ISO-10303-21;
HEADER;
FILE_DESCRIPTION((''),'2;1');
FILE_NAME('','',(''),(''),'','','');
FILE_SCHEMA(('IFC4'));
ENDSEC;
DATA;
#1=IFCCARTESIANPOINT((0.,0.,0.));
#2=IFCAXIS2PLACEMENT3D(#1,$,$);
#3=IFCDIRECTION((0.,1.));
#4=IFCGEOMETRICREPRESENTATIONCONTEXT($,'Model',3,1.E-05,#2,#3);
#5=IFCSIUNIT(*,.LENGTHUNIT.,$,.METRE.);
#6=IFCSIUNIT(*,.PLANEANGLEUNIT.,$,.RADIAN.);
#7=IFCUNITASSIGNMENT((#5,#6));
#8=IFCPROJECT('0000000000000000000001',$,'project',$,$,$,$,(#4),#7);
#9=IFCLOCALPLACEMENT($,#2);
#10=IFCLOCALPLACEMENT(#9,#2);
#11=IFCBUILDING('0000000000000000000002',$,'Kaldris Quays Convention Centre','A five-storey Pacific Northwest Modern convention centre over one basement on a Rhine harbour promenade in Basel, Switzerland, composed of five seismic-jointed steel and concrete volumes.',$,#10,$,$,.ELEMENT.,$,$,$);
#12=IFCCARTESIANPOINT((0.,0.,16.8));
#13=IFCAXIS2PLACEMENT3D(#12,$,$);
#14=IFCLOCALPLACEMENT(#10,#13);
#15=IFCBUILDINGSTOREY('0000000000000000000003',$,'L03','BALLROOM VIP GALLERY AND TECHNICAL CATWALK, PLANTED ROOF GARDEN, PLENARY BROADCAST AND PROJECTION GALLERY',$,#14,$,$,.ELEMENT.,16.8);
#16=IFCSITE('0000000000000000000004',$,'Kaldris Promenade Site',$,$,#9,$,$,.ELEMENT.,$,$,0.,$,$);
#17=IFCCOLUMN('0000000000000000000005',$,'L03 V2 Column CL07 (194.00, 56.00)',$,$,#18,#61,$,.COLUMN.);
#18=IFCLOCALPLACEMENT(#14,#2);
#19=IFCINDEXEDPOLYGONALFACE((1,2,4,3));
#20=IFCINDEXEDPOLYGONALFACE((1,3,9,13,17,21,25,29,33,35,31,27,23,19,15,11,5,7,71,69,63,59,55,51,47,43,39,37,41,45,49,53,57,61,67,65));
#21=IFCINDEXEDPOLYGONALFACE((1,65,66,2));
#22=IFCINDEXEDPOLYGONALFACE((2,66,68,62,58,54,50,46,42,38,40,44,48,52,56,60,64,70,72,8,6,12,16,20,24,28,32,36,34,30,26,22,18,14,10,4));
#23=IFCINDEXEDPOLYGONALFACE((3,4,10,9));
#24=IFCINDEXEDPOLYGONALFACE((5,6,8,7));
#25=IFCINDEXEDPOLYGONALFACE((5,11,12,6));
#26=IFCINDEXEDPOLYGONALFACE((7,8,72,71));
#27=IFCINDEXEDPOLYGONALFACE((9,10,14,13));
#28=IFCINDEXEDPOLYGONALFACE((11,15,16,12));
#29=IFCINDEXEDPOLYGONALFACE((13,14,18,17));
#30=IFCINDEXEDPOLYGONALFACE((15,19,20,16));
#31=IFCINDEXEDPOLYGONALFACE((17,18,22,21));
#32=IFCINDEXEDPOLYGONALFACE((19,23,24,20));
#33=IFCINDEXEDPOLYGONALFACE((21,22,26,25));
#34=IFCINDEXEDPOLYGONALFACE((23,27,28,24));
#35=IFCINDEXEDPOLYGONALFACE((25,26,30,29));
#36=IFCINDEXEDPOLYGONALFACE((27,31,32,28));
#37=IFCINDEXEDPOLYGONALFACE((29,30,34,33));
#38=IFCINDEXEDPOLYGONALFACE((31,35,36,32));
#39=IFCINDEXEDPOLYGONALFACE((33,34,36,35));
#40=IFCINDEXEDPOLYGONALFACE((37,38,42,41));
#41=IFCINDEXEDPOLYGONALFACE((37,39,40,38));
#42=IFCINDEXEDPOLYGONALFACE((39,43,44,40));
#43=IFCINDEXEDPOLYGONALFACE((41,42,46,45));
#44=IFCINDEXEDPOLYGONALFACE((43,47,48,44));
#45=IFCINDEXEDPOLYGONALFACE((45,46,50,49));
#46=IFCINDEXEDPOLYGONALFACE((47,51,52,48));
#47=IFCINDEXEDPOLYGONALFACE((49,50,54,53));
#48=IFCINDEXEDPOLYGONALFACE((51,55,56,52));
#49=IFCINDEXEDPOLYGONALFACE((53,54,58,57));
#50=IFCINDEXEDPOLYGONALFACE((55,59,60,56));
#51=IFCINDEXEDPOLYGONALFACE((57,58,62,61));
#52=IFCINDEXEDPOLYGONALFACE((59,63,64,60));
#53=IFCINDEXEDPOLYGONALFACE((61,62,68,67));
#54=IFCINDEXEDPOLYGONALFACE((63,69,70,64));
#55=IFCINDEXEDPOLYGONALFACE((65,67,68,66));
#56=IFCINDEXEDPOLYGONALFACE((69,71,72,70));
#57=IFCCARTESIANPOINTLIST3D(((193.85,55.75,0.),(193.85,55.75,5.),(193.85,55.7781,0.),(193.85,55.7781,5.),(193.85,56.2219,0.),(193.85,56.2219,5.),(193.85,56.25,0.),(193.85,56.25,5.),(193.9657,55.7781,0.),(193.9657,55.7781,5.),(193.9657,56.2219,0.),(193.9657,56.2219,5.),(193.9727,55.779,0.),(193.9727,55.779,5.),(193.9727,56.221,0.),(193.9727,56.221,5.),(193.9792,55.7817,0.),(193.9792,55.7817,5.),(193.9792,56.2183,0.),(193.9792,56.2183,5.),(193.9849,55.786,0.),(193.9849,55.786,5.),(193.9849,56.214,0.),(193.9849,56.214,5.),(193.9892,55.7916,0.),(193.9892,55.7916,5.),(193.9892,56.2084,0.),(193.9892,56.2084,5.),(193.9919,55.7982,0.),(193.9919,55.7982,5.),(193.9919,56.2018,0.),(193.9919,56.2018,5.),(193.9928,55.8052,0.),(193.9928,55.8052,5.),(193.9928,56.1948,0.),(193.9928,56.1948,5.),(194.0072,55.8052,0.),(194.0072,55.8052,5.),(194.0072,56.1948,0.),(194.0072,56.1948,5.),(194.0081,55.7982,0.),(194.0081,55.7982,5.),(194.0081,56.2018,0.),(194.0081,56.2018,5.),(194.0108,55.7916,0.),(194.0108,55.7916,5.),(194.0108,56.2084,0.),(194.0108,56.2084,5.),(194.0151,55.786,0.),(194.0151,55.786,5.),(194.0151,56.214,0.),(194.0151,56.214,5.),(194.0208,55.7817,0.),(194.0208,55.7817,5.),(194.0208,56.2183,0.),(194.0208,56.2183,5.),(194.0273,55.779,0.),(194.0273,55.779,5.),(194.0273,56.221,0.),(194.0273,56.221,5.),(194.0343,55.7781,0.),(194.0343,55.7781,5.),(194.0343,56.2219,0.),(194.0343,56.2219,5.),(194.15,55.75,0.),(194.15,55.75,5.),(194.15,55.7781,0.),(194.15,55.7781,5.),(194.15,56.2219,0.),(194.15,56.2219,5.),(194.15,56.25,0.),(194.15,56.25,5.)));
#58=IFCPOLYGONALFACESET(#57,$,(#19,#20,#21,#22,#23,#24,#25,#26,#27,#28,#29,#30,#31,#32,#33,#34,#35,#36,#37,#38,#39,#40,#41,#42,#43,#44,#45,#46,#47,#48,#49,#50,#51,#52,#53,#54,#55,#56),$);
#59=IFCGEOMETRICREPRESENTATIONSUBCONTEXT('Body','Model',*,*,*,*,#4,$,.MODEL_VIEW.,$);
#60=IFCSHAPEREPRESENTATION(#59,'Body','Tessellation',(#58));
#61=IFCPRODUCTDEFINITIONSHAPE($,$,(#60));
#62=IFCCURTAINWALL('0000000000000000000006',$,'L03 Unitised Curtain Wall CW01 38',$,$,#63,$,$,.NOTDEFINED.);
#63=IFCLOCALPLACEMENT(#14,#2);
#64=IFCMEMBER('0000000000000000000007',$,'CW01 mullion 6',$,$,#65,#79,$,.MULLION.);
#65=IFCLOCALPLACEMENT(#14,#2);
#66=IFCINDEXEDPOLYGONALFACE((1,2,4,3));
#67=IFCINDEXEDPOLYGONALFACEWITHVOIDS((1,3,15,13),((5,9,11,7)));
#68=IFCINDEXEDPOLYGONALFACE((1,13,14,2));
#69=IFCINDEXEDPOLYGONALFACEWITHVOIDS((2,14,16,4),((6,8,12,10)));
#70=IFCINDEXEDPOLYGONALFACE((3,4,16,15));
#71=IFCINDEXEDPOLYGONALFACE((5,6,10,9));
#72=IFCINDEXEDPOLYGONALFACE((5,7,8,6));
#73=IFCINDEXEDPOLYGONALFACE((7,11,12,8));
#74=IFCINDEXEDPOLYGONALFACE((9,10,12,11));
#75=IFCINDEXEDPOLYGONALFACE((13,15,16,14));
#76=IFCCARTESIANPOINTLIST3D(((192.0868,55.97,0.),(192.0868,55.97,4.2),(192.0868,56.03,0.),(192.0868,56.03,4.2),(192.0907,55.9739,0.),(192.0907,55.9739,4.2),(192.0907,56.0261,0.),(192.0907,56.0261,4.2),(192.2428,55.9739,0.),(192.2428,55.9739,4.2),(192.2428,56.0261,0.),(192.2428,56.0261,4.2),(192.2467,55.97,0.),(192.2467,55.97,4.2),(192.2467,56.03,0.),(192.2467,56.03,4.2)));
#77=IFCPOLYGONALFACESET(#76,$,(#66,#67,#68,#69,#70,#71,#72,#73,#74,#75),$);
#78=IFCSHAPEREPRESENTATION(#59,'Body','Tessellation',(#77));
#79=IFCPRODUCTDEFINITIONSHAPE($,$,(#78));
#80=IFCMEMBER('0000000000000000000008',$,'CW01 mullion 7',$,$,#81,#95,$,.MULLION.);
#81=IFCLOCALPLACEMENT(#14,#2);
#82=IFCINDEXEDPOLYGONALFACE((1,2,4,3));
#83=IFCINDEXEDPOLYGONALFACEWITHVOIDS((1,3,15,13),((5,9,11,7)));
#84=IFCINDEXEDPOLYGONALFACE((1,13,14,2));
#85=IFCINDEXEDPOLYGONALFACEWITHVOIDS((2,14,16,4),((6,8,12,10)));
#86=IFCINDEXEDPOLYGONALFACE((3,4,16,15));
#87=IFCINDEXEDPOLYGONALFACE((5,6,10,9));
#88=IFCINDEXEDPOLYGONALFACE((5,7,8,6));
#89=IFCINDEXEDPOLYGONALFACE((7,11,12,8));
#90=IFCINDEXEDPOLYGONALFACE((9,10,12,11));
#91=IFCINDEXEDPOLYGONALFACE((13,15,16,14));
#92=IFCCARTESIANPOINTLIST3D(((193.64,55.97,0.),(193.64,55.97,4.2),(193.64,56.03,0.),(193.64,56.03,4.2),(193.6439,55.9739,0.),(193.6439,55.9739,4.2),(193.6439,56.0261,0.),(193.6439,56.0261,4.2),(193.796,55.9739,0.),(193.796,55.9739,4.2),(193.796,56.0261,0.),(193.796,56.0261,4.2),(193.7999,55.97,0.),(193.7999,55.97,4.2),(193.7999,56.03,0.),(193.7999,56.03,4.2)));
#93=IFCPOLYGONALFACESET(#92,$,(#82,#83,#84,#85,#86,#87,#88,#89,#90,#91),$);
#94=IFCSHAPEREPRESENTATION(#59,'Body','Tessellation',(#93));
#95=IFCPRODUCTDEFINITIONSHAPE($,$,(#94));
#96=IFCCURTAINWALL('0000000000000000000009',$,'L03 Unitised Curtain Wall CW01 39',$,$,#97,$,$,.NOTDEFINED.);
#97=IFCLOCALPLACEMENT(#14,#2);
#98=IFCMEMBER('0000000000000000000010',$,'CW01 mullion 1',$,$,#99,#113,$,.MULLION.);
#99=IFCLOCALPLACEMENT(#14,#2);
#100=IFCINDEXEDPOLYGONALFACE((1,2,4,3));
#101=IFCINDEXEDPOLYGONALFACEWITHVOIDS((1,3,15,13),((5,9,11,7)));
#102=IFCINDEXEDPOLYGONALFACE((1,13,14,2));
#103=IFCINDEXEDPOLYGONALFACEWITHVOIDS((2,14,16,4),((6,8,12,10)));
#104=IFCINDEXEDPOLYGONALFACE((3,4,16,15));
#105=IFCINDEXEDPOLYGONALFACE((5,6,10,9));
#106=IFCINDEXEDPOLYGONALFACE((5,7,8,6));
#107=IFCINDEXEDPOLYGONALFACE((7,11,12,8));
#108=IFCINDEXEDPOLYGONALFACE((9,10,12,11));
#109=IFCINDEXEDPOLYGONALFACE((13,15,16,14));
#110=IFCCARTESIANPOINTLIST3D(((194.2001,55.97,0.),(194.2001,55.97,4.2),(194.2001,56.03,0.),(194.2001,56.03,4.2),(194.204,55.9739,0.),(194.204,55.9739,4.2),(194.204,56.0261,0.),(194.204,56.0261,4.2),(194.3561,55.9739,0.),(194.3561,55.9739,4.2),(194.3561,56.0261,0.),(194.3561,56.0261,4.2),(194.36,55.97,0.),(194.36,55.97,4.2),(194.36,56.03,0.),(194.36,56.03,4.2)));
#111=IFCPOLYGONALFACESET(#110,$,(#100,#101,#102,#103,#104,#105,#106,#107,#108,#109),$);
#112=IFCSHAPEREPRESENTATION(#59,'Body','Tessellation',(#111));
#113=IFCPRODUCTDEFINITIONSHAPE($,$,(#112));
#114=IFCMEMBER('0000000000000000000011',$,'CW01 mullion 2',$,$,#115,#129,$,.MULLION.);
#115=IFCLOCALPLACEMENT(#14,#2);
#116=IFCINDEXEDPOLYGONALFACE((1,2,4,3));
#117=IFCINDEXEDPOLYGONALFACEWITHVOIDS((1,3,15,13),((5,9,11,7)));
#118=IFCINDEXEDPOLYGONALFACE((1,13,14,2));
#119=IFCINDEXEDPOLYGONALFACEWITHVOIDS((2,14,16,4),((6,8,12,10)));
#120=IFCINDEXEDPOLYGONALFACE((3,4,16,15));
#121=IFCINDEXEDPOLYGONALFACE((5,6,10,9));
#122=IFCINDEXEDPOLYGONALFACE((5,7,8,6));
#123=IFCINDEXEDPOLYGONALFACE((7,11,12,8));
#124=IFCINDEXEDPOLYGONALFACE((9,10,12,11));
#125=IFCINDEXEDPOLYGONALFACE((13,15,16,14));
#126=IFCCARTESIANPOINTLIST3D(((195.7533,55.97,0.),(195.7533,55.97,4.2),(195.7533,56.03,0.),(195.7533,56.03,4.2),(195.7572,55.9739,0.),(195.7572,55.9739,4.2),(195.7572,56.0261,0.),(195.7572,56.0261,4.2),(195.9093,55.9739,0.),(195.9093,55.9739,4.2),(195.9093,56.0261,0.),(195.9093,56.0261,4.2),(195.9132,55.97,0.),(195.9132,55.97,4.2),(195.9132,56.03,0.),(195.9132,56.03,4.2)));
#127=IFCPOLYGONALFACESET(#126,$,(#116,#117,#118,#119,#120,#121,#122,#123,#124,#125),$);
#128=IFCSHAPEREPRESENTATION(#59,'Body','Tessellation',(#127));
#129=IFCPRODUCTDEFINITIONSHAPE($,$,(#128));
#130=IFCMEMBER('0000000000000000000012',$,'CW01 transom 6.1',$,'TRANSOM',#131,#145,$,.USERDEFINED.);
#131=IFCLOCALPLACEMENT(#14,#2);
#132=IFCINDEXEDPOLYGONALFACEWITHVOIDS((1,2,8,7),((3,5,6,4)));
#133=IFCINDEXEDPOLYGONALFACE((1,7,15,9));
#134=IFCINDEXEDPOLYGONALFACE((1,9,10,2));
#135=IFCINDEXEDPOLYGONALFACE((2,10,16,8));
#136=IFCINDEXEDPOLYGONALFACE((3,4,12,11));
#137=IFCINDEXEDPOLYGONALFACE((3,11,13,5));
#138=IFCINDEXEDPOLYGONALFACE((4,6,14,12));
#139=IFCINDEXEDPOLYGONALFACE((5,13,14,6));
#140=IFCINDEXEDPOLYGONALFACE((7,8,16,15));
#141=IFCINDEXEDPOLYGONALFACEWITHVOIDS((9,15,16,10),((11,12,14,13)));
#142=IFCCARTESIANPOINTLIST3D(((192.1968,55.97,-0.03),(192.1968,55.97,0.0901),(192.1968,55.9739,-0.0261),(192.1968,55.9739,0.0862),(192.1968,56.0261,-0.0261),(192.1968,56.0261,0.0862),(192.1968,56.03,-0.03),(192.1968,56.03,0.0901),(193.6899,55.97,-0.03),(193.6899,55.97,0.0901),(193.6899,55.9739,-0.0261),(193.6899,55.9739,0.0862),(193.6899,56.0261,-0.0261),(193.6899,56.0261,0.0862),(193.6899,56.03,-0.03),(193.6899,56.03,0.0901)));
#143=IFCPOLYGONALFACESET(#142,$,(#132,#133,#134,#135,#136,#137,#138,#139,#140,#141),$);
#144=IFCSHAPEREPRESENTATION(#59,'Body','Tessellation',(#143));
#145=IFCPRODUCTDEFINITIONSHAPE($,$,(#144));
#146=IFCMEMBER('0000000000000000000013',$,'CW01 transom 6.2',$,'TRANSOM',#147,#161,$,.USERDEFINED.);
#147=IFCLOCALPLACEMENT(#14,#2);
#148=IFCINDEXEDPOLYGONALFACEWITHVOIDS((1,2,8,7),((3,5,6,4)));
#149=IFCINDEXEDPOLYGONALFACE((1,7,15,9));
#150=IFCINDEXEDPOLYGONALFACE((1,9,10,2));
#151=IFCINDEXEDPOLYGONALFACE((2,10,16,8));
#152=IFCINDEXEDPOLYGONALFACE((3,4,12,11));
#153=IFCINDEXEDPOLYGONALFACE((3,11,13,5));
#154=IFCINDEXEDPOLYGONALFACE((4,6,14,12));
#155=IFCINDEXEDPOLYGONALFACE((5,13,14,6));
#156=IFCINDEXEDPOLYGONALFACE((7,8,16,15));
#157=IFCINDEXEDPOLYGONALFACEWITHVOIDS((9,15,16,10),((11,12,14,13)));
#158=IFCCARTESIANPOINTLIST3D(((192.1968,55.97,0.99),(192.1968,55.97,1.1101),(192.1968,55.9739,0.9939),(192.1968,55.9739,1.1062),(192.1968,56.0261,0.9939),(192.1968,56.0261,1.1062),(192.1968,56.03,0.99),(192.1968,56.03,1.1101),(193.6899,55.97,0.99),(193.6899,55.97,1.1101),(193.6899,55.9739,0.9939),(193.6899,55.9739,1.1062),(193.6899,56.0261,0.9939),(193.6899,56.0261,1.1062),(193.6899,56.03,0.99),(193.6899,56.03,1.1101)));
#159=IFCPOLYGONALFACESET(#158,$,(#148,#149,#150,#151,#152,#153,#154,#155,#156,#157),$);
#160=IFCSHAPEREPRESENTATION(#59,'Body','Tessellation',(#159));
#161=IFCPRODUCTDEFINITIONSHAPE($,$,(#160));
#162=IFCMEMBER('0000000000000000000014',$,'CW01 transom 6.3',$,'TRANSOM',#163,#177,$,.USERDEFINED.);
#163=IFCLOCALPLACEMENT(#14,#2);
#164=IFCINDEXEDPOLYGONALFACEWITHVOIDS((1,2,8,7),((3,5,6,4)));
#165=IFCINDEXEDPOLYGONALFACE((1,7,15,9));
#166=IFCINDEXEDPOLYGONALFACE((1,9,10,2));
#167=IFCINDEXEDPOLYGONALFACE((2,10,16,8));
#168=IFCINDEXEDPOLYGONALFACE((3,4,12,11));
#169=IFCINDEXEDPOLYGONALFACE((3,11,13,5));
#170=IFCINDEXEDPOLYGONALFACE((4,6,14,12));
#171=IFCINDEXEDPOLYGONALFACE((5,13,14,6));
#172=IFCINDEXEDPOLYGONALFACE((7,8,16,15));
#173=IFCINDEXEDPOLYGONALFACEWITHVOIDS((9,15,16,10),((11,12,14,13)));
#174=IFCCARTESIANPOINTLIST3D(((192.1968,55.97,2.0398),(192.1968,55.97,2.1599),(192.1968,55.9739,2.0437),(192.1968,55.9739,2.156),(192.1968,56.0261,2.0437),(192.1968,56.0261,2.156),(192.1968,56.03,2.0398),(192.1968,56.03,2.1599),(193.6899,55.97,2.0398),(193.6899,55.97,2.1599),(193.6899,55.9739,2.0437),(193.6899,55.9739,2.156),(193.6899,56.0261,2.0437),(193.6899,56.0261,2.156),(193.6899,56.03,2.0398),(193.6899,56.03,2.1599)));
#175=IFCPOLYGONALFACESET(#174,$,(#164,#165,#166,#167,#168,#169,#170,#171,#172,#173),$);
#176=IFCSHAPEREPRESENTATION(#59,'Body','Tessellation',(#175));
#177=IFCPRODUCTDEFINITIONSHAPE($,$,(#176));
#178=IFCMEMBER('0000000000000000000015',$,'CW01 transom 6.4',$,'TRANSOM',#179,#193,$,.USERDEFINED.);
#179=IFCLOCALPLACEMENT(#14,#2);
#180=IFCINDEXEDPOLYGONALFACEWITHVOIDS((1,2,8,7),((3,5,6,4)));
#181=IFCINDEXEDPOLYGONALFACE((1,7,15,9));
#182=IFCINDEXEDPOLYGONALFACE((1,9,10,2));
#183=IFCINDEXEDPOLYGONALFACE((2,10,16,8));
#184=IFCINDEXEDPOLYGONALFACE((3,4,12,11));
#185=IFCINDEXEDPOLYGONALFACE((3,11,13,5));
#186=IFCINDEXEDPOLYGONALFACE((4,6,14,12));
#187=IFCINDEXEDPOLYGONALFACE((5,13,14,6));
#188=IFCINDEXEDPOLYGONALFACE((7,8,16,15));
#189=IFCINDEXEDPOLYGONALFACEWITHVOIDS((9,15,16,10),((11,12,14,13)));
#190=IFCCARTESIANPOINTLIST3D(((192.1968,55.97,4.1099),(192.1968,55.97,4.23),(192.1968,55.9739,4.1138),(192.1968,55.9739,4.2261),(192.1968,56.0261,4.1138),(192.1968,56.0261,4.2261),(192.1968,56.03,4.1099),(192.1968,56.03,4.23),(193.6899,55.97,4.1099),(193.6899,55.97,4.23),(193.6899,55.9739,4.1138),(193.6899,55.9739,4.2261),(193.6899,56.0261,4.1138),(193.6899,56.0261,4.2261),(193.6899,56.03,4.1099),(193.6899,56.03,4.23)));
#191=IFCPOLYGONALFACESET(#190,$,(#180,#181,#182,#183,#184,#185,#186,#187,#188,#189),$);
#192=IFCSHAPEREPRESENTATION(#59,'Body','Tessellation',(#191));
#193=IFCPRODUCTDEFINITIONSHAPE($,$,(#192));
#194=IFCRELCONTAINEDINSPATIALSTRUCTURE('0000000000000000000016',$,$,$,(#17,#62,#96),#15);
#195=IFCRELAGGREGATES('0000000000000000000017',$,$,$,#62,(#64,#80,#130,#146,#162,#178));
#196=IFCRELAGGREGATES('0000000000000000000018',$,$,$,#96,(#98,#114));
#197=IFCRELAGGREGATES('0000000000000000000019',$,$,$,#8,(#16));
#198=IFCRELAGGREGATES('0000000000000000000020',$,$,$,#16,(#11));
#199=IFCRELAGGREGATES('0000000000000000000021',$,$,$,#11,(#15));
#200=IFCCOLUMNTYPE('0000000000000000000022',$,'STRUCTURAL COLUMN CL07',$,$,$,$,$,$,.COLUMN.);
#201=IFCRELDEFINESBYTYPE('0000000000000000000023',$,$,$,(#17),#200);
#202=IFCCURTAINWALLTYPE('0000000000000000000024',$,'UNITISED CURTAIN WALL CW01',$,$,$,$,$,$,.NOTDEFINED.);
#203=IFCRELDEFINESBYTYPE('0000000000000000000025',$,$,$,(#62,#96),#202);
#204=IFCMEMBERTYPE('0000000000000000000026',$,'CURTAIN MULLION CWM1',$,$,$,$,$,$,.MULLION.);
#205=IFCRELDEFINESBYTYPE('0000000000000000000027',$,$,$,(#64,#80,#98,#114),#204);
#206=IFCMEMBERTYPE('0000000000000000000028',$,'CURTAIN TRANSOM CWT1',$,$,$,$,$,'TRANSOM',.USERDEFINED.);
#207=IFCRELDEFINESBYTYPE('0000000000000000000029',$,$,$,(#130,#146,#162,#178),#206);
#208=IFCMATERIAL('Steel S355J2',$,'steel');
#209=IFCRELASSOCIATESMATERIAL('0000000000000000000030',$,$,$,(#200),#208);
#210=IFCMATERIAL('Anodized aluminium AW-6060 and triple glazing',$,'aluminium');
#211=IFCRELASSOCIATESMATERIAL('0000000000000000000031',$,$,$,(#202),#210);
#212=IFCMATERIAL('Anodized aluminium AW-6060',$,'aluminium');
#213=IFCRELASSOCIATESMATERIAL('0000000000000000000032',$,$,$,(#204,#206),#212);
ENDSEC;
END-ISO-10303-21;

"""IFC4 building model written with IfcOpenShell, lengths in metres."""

from ifc_helpers import new_model, si_unit, direction, frame, origin, origin_2d, place, context, subcontext, project, spatial, hollow_rectangle, i_section, extrude, material, material_profile, profile_set, type_object, element, aggregate, save


model = new_model("IFC4")

# Units and contexts
model_context = context("Model", 3, precision=1e-05, world=origin(), true_north=direction((0.0, 1.0)))
body_context = subcontext(model_context, "Body", "Model", "MODEL_VIEW")
ifc_project = project(units=[si_unit("LENGTHUNIT", "METRE"), si_unit("PLANEANGLEUNIT", "RADIAN")], contexts=[model_context])

# Site, building, storey
site_placement = place(None, origin())
site = spatial("IfcSite", under=ifc_project, at=site_placement, Name="Kaldris Promenade Site", CompositionType="ELEMENT", RefElevation=0.0)
building_placement = place(site_placement, origin())
building = spatial("IfcBuilding", under=site, at=building_placement, Name="Kaldris Quays Convention Centre", Description="A five-storey Pacific Northwest Modern convention centre over one basement on a Rhine harbour promenade in Basel, Switzerland, composed of five seismic-jointed steel and concrete volumes.", CompositionType="ELEMENT")
storey_placement = place(building_placement, frame((0.0, 0.0, 16.8)))
storey = spatial("IfcBuildingStorey", under=building, at=storey_placement, Name="L03", Description="BALLROOM VIP GALLERY AND TECHNICAL CATWALK, PLANTED ROOF GARDEN, PLENARY BROADCAST AND PROJECTION GALLERY", CompositionType="ELEMENT", Elevation=16.8)

# Column
ifc_material_1 = material(Name="Steel S355J2", Category="steel")
ifc_material_profile_1 = material_profile(ifc_material_1, i_section(OverallWidth=0.3, OverallDepth=0.5, WebThickness=0.0144, FlangeThickness=0.0281, FilletRadius=0.0271, at=origin_2d()), Name="HEB 500")
ifc_profile_set_1 = profile_set([ifc_material_profile_1], Name="Steel S355J2")
column_type = type_object("IfcColumnType", Name="STRUCTURAL COLUMN CL07", PredefinedType="COLUMN", material=ifc_profile_set_1)
column_placement = place(storey_placement, frame((194.0, 56.0, 0.0), z_axis=(0.0, 0.0, 1.0), x_axis=(1.0, 0.0, 0.0)))
element("IfcColumn", 1, at=column_placement, inside=storey, type_object=column_type, Name="L03 V2 Column CL07 (194.00, 56.00)", PredefinedType="COLUMN", context=body_context, shape_type="SweptSolid", body=[
    extrude(i_section(OverallWidth=0.3, OverallDepth=0.5, WebThickness=0.0144, FlangeThickness=0.0281, FilletRadius=0.0271, at=origin_2d()), origin(), (0.0, 0.0, 1.0), 5.0),
])

# Curtain walls, members
ifc_material_2 = material(Name="Anodized aluminium AW-6060 and triple glazing", Category="aluminium")
curtain_wall_type = type_object("IfcCurtainWallType", Name="UNITISED CURTAIN WALL CW01", PredefinedType="NOTDEFINED", material=ifc_material_2)
curtain_wall_1_placement = place(storey_placement, origin())
curtain_wall_1 = element("IfcCurtainWall", 2, at=curtain_wall_1_placement, inside=storey, type_object=curtain_wall_type, Name="L03 Unitised Curtain Wall CW01 38", PredefinedType="NOTDEFINED")
ifc_material_3 = material(Name="Anodized aluminium AW-6060", Category="aluminium")
ifc_material_profile_2 = material_profile(ifc_material_3, hollow_rectangle(XDim=0.0601, YDim=0.1599, WallThickness=0.0039, at=origin_2d()), Name="RHS 160x60x4")
ifc_profile_set_2 = profile_set([ifc_material_profile_2], Name="Anodized aluminium AW-6060")
member_type_1 = type_object("IfcMemberType", Name="CURTAIN MULLION CWM1", PredefinedType="MULLION", material=ifc_profile_set_2)
member_1_placement = place(storey_placement, frame((192.1667, 56.0, 0.0), z_axis=(0.0, 0.0, 1.0), x_axis=(0.0, 1.0, 0.0)))
member_1 = element("IfcMember", 3, at=member_1_placement, type_object=member_type_1, Name="CW01 mullion 6", PredefinedType="MULLION", context=body_context, shape_type="SweptSolid", body=[
    extrude(hollow_rectangle(XDim=0.0601, YDim=0.1599, WallThickness=0.0039, at=origin_2d()), origin(), (0.0, 0.0, 1.0), 4.2),
])
member_2_placement = place(storey_placement, frame((193.72, 56.0, 0.0), z_axis=(0.0, 0.0, 1.0), x_axis=(0.0, 1.0, 0.0)))
member_2 = element("IfcMember", 4, at=member_2_placement, type_object=member_type_1, Name="CW01 mullion 7", PredefinedType="MULLION", context=body_context, shape_type="SweptSolid", body=[
    extrude(hollow_rectangle(XDim=0.0601, YDim=0.1599, WallThickness=0.0039, at=origin_2d()), origin(), (0.0, 0.0, 1.0), 4.2),
])
curtain_wall_2_placement = place(storey_placement, origin())
curtain_wall_2 = element("IfcCurtainWall", 5, at=curtain_wall_2_placement, inside=storey, type_object=curtain_wall_type, Name="L03 Unitised Curtain Wall CW01 39", PredefinedType="NOTDEFINED")
member_3_placement = place(storey_placement, frame((194.28, 56.0, 0.0), z_axis=(0.0, 0.0, 1.0), x_axis=(0.0, 1.0, 0.0)))
member_3 = element("IfcMember", 6, at=member_3_placement, type_object=member_type_1, Name="CW01 mullion 1", PredefinedType="MULLION", context=body_context, shape_type="SweptSolid", body=[
    extrude(hollow_rectangle(XDim=0.0601, YDim=0.1599, WallThickness=0.0039, at=origin_2d()), origin(), (0.0, 0.0, 1.0), 4.2),
])
member_4_placement = place(storey_placement, frame((195.8333, 56.0, 0.0), z_axis=(0.0, 0.0, 1.0), x_axis=(0.0, 1.0, 0.0)))
member_4 = element("IfcMember", 7, at=member_4_placement, type_object=member_type_1, Name="CW01 mullion 2", PredefinedType="MULLION", context=body_context, shape_type="SweptSolid", body=[
    extrude(hollow_rectangle(XDim=0.0601, YDim=0.1599, WallThickness=0.0039, at=origin_2d()), origin(), (0.0, 0.0, 1.0), 4.2),
])

# Members
ifc_material_profile_3 = material_profile(ifc_material_3, hollow_rectangle(XDim=0.0601, YDim=0.1201, WallThickness=0.0039, at=origin_2d()), Name="RHS 120x60x4")
ifc_profile_set_3 = profile_set([ifc_material_profile_3], Name="Anodized aluminium AW-6060")
member_type_2 = type_object("IfcMemberType", Name="CURTAIN TRANSOM CWT1", ElementType="TRANSOM", PredefinedType="USERDEFINED", material=ifc_profile_set_3)
member_5_placement = place(storey_placement, frame((192.1968, 56.0, 0.03), z_axis=(1.0, 0.0, 0.0), x_axis=(0.0, 1.0, 0.0)))
member_5 = element("IfcMember", 8, at=member_5_placement, type_object=member_type_2, Name="CW01 transom 6.1", ObjectType="TRANSOM", PredefinedType="USERDEFINED", context=body_context, shape_type="SweptSolid", body=[
    extrude(hollow_rectangle(XDim=0.0601, YDim=0.1201, WallThickness=0.0039, at=origin_2d()), origin(), (0.0, 0.0, 1.0), 1.4932),
])
member_6_placement = place(storey_placement, frame((192.1968, 56.0, 1.05), z_axis=(1.0, 0.0, 0.0), x_axis=(0.0, 1.0, 0.0)))
member_6 = element("IfcMember", 9, at=member_6_placement, type_object=member_type_2, Name="CW01 transom 6.2", ObjectType="TRANSOM", PredefinedType="USERDEFINED", context=body_context, shape_type="SweptSolid", body=[
    extrude(hollow_rectangle(XDim=0.0601, YDim=0.1201, WallThickness=0.0039, at=origin_2d()), origin(), (0.0, 0.0, 1.0), 1.4932),
])
member_7_placement = place(storey_placement, frame((192.1968, 56.0, 2.0999), z_axis=(1.0, 0.0, 0.0), x_axis=(0.0, 1.0, 0.0)))
member_7 = element("IfcMember", 10, at=member_7_placement, type_object=member_type_2, Name="CW01 transom 6.3", ObjectType="TRANSOM", PredefinedType="USERDEFINED", context=body_context, shape_type="SweptSolid", body=[
    extrude(hollow_rectangle(XDim=0.0601, YDim=0.1201, WallThickness=0.0039, at=origin_2d()), origin(), (0.0, 0.0, 1.0), 1.4932),
])
member_8_placement = place(storey_placement, frame((192.1968, 56.0, 4.1699), z_axis=(1.0, 0.0, 0.0), x_axis=(0.0, 1.0, 0.0)))
member_8 = element("IfcMember", 11, at=member_8_placement, type_object=member_type_2, Name="CW01 transom 6.4", ObjectType="TRANSOM", PredefinedType="USERDEFINED", context=body_context, shape_type="SweptSolid", body=[
    extrude(hollow_rectangle(XDim=0.0601, YDim=0.1201, WallThickness=0.0039, at=origin_2d()), origin(), (0.0, 0.0, 1.0), 1.4932),
])

aggregate(curtain_wall_1, [member_1, member_2, member_5, member_6, member_7, member_8])
aggregate(curtain_wall_2, [member_3, member_4])

save(model, "model.ifc")
